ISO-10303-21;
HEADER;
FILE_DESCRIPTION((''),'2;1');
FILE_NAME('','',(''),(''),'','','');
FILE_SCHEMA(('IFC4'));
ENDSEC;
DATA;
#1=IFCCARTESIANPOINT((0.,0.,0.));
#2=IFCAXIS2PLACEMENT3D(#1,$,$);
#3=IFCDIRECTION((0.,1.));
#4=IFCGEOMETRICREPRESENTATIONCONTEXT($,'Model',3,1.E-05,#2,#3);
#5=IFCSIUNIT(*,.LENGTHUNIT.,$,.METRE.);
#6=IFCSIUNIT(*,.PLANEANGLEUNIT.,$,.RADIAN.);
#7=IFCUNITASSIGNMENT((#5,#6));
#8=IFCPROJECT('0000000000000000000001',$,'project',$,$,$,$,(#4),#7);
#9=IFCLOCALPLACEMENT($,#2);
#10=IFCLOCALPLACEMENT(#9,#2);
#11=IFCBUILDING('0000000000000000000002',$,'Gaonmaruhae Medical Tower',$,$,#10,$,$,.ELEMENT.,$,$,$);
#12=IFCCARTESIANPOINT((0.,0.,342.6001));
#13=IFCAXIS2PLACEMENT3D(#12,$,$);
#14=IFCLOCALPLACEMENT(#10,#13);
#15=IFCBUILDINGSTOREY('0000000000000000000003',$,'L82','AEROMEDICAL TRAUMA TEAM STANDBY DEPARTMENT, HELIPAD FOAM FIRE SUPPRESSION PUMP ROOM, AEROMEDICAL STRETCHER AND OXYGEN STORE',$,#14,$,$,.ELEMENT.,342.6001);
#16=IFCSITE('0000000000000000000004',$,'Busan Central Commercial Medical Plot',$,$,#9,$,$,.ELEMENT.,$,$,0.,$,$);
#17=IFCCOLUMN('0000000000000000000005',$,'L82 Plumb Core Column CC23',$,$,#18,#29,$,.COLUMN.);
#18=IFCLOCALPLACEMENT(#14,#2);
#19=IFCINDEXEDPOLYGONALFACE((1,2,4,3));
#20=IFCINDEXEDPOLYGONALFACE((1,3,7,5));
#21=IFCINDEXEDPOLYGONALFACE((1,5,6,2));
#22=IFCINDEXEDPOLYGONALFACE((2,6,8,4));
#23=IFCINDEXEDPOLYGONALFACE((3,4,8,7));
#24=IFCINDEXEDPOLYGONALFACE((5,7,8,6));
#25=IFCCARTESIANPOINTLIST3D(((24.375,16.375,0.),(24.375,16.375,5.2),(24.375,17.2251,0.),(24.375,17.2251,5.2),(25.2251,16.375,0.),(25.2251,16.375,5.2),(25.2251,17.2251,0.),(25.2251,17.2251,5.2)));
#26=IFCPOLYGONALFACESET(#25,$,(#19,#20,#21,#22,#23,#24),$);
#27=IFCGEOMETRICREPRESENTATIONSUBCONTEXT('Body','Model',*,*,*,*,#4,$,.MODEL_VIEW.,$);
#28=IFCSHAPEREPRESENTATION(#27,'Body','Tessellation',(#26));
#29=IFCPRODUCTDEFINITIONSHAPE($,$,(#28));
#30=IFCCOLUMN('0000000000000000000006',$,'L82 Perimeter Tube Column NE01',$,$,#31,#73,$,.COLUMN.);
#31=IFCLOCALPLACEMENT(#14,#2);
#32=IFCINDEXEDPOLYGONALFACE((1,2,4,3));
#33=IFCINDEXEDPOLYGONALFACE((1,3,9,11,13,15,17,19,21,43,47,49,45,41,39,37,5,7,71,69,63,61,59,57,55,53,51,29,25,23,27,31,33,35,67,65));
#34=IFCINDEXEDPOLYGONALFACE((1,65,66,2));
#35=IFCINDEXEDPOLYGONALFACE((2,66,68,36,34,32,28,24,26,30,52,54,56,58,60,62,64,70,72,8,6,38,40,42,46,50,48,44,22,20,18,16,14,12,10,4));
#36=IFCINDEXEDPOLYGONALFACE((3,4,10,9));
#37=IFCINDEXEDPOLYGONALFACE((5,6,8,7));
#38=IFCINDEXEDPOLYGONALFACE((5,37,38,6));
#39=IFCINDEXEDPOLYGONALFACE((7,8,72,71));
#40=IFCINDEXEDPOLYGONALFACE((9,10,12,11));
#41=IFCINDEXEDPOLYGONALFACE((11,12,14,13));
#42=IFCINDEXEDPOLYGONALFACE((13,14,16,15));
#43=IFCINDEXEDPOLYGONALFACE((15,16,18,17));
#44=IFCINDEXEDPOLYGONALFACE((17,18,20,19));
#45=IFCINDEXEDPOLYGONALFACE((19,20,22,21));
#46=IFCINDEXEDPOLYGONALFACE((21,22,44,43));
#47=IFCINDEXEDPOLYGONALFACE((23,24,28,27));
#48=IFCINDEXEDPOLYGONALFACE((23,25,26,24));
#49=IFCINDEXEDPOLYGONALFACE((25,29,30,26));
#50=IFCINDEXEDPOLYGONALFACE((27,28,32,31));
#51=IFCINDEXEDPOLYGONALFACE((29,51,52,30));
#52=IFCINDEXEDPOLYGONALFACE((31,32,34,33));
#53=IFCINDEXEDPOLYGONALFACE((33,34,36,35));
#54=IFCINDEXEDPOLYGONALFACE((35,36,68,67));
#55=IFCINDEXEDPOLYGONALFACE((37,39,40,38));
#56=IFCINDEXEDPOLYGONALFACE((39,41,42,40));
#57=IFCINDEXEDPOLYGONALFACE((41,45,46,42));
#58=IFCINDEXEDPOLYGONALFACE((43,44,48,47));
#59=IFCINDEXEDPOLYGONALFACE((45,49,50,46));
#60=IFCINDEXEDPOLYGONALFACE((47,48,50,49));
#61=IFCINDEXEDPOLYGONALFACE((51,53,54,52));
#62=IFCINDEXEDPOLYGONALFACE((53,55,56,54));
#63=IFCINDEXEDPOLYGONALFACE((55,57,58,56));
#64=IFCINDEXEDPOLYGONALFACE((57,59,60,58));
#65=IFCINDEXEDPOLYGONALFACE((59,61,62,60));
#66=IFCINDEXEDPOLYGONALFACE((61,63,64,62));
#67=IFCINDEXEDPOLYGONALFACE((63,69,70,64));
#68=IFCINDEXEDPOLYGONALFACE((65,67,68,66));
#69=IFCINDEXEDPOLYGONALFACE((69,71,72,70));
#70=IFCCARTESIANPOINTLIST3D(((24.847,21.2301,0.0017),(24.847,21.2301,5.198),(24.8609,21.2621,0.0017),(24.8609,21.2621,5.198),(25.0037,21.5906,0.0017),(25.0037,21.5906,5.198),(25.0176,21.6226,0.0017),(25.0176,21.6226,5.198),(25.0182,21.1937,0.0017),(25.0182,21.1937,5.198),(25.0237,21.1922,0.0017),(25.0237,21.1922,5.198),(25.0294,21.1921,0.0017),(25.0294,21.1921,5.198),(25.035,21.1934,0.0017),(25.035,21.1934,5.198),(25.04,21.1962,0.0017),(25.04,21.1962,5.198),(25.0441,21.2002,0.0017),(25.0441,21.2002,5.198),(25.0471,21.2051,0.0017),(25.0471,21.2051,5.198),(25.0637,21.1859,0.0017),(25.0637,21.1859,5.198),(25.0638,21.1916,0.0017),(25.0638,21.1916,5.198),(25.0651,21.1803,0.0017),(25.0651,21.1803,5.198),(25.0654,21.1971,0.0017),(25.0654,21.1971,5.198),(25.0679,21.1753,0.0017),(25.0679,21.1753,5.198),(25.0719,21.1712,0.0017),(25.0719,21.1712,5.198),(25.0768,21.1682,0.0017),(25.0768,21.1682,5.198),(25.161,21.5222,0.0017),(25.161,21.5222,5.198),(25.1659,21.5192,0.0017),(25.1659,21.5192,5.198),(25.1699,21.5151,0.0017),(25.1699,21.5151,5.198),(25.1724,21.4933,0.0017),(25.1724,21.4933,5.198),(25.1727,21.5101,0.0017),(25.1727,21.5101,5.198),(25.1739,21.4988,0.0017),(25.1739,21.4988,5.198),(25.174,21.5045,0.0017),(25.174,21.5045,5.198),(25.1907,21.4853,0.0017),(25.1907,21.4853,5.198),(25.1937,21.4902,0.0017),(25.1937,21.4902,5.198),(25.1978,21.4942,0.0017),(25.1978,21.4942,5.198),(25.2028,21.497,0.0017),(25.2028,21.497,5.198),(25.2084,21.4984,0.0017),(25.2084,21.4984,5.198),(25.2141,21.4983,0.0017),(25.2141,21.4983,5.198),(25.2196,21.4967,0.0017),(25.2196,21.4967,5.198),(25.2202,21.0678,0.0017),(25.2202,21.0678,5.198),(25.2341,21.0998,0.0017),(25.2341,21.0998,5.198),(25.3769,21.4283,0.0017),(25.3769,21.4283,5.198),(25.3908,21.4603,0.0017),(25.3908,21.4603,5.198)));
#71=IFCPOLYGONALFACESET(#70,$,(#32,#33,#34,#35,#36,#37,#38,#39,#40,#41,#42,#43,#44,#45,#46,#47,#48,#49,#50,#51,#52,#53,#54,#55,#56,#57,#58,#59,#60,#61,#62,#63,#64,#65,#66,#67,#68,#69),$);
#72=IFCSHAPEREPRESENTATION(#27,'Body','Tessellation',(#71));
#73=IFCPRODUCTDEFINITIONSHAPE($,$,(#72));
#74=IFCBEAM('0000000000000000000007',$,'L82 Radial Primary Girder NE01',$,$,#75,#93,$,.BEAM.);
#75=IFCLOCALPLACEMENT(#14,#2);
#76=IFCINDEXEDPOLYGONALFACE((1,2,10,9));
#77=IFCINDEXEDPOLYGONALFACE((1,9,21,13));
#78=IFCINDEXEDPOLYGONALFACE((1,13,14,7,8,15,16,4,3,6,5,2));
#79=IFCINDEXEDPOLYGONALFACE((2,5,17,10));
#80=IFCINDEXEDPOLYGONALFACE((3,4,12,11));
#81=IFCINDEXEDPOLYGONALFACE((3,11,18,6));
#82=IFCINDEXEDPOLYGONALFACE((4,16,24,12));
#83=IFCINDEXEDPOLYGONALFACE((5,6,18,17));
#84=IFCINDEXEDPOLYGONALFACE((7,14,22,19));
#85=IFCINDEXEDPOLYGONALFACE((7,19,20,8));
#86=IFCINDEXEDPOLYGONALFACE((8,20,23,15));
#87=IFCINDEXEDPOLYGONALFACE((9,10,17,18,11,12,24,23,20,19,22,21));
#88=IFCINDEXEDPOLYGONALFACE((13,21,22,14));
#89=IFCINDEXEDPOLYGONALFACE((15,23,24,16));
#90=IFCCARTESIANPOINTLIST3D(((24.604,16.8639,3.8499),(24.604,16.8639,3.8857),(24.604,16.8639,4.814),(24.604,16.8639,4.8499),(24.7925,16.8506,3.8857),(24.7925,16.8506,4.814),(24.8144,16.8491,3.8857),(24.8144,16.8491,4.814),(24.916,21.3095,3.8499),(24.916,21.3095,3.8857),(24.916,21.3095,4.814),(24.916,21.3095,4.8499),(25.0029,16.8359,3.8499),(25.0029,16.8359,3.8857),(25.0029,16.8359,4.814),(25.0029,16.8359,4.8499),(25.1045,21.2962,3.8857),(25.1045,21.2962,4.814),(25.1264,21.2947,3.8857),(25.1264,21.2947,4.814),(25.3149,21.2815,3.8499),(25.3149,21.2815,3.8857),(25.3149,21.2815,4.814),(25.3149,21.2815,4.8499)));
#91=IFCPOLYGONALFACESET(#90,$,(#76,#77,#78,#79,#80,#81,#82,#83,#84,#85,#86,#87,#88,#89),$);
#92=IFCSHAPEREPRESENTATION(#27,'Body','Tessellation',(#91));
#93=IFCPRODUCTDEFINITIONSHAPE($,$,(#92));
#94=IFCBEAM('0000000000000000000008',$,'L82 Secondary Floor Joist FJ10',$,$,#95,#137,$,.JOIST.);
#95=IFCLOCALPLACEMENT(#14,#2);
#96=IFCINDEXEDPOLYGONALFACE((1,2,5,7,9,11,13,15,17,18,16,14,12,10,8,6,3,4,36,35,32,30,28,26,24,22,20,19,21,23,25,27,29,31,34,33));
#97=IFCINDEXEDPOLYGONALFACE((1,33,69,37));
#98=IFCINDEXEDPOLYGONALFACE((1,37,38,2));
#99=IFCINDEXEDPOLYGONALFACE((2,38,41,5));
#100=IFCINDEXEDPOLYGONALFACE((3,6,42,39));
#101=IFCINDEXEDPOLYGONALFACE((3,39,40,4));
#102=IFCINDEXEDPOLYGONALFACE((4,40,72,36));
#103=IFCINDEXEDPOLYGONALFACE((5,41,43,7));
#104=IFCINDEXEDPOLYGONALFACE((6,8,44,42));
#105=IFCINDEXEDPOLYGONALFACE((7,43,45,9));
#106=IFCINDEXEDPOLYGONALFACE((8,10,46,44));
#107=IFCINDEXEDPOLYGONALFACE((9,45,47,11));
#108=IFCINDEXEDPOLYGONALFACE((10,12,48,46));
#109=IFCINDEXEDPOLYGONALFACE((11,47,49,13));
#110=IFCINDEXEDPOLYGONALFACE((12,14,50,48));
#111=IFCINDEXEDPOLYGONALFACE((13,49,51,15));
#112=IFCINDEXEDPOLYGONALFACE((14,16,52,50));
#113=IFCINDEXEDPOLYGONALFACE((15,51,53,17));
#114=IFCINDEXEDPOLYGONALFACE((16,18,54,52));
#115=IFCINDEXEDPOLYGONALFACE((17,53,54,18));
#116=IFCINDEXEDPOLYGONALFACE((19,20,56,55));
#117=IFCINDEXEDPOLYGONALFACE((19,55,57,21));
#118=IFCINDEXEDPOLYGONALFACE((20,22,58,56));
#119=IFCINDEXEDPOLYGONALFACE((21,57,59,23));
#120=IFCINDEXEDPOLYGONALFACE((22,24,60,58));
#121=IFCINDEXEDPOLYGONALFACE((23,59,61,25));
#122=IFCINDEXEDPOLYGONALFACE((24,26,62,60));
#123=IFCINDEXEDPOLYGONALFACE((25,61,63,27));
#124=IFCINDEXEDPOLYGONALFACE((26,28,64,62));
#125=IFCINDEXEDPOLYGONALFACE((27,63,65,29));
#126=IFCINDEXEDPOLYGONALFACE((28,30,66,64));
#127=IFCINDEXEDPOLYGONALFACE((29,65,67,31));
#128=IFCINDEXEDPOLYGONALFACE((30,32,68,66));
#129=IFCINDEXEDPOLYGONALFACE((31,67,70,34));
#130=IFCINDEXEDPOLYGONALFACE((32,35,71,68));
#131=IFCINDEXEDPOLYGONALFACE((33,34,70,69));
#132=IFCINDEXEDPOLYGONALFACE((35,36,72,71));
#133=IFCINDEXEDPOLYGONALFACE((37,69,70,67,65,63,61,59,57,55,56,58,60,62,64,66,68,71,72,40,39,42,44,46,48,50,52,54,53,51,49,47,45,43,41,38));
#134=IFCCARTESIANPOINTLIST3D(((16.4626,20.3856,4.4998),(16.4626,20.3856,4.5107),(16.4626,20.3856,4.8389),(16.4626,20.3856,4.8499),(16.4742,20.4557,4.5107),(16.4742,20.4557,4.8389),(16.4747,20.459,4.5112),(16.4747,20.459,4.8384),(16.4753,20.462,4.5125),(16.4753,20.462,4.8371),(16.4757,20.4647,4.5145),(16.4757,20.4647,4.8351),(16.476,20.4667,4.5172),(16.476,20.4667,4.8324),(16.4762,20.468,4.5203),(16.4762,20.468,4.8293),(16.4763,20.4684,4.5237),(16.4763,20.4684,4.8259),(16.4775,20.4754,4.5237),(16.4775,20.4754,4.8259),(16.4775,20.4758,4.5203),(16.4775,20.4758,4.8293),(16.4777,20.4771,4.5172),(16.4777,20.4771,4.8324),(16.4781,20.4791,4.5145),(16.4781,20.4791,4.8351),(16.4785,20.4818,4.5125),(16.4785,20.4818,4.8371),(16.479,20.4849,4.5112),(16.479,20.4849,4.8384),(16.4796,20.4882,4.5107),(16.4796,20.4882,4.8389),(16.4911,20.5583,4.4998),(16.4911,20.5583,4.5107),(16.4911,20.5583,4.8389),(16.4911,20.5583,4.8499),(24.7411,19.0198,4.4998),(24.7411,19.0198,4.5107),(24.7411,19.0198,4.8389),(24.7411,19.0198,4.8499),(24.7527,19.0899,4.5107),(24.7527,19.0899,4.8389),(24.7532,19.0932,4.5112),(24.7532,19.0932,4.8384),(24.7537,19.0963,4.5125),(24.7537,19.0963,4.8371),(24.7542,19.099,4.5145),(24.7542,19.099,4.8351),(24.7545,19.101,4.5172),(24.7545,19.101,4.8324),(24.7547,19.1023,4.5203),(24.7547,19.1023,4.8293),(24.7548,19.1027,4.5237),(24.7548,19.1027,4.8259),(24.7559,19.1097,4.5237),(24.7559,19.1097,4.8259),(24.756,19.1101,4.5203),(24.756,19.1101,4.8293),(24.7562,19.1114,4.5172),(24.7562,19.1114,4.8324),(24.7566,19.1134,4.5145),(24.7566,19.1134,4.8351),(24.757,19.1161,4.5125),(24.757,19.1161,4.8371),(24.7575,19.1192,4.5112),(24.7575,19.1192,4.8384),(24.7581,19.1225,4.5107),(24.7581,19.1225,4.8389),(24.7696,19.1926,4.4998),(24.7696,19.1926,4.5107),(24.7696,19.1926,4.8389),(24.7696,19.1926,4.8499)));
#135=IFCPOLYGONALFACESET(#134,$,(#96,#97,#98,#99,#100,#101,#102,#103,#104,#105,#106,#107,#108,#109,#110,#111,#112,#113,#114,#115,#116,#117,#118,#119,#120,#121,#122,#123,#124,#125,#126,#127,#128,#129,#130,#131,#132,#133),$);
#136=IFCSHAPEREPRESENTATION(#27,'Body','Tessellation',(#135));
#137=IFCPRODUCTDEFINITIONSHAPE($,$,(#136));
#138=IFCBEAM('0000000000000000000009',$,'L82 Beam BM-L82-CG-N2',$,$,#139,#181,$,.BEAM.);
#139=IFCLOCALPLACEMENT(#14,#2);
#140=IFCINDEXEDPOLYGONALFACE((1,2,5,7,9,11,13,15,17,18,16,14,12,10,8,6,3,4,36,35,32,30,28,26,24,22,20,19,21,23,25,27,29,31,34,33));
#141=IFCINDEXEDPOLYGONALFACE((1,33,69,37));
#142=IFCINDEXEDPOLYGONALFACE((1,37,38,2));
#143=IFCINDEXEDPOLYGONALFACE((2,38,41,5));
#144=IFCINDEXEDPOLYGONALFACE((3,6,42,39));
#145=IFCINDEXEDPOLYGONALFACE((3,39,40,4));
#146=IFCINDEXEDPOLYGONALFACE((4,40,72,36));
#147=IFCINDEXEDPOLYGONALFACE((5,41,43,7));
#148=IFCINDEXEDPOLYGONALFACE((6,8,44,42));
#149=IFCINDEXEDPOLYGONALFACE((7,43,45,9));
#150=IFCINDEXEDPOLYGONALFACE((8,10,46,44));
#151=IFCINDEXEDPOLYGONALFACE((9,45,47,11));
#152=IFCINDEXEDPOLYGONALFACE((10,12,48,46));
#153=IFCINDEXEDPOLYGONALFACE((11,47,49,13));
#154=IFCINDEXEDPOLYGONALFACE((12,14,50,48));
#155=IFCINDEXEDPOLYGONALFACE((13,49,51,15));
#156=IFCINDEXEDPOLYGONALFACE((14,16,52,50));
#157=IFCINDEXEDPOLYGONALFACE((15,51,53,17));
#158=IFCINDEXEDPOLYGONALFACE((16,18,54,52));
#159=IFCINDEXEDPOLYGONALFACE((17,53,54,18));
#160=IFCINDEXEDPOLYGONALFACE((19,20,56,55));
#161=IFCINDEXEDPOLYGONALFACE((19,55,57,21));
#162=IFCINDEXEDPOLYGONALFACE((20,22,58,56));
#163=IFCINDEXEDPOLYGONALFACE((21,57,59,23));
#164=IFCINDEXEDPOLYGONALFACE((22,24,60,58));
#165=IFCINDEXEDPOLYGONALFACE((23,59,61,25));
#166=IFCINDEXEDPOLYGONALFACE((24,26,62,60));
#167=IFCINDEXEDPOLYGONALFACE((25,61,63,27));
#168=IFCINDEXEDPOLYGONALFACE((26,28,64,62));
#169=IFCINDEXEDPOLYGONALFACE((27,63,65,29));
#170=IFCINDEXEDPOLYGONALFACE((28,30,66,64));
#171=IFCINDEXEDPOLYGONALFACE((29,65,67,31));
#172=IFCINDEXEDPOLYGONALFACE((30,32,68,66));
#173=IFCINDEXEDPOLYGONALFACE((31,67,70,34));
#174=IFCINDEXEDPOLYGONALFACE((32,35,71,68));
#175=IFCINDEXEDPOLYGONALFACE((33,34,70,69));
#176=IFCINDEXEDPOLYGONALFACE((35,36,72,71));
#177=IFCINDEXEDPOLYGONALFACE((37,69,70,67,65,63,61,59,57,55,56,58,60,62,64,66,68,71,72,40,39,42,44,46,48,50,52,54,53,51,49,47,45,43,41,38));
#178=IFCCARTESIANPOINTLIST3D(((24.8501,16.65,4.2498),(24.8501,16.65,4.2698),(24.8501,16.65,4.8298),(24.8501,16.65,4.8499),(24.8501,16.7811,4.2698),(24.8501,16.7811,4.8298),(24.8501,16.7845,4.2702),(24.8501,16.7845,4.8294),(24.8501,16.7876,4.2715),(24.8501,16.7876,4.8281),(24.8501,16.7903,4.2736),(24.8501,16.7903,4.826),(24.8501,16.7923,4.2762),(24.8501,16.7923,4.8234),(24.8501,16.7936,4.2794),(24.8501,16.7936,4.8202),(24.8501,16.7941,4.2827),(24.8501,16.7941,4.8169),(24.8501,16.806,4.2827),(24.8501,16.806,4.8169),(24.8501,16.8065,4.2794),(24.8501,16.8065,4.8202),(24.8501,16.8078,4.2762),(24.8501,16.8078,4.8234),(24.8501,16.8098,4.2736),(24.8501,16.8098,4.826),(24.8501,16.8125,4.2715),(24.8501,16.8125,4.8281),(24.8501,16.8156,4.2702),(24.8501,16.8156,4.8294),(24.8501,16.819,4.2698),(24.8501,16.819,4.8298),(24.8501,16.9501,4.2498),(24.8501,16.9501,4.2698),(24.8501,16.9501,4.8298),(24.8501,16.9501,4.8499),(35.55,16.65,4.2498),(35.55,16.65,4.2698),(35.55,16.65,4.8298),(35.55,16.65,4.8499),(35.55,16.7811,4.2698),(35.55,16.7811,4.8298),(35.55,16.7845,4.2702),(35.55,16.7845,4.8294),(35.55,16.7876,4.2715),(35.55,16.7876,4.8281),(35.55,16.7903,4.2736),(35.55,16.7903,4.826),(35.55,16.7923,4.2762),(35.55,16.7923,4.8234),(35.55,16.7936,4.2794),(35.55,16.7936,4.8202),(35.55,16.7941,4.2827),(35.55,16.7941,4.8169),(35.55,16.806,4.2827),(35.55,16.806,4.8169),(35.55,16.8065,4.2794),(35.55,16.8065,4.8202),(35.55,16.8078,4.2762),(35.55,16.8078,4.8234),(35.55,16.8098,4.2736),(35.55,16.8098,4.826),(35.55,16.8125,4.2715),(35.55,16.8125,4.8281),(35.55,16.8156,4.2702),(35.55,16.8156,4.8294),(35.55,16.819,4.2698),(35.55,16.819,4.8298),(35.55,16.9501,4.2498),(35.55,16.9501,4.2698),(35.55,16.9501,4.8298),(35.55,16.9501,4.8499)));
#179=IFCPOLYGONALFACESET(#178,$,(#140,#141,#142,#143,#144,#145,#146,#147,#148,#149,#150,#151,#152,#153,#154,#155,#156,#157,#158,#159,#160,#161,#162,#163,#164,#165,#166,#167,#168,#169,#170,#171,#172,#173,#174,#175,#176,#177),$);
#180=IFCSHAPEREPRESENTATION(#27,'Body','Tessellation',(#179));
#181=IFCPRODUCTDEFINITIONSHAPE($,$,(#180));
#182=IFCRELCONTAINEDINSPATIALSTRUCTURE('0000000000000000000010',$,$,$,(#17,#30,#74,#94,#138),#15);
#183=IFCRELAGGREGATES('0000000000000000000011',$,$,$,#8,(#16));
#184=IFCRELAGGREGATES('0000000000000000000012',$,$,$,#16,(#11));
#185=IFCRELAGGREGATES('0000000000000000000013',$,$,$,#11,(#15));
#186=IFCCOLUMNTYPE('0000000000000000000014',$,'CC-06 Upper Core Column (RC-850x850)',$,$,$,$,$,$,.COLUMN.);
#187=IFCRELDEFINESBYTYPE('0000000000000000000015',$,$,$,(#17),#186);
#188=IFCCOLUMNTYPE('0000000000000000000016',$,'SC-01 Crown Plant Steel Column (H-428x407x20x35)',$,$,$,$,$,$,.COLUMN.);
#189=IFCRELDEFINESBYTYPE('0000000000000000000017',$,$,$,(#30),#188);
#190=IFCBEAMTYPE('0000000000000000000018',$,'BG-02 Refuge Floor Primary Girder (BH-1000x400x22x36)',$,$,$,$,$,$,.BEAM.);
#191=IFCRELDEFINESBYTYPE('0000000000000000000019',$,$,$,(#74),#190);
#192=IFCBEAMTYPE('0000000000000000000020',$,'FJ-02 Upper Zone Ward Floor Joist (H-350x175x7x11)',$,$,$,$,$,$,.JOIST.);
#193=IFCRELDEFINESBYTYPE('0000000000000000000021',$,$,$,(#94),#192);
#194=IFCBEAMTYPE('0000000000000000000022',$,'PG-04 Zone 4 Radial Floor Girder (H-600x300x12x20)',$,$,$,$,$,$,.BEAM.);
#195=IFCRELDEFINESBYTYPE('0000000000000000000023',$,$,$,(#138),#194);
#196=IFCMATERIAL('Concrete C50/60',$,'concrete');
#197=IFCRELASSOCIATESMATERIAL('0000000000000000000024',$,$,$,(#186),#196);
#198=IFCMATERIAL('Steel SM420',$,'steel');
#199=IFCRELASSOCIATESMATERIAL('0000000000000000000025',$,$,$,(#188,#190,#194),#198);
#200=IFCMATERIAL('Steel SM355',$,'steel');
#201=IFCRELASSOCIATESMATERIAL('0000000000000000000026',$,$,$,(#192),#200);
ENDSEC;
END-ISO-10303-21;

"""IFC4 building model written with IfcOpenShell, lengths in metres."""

from ifc_helpers import new_model, si_unit, direction, frame, origin, origin_2d, place, context, subcontext, project, spatial, rectangle, i_section, extrude, material, material_profile, profile_set, type_object, element, save


model = new_model("IFC4")

# Units and contexts
model_context = context("Model", 3, precision=1e-05, world=origin(), true_north=direction((0.0, 1.0)))
body_context = subcontext(model_context, "Body", "Model", "MODEL_VIEW")
ifc_project = project(units=[si_unit("LENGTHUNIT", "METRE"), si_unit("PLANEANGLEUNIT", "RADIAN")], contexts=[model_context])

# Site, building, storey
site_placement = place(None, origin())
site = spatial("IfcSite", under=ifc_project, at=site_placement, Name="Busan Central Commercial Medical Plot", CompositionType="ELEMENT", RefElevation=0.0)
building_placement = place(site_placement, origin())
building = spatial("IfcBuilding", under=site, at=building_placement, Name="Gaonmaruhae Medical Tower", CompositionType="ELEMENT")
storey_placement = place(building_placement, frame((0.0, 0.0, 342.6001)))
storey = spatial("IfcBuildingStorey", under=building, at=storey_placement, Name="L82", Description="AEROMEDICAL TRAUMA TEAM STANDBY DEPARTMENT, HELIPAD FOAM FIRE SUPPRESSION PUMP ROOM, AEROMEDICAL STRETCHER AND OXYGEN STORE", CompositionType="ELEMENT", Elevation=342.6001)

# Columns
ifc_material_1 = material(Name="Concrete C50/60", Category="concrete")
ifc_material_profile_1 = material_profile(ifc_material_1, rectangle(XDim=0.8501, YDim=0.8501, at=origin_2d()), Name="RC-850x850")
ifc_profile_set_1 = profile_set([ifc_material_profile_1], Name="Concrete C50/60")
column_type_1 = type_object("IfcColumnType", Name="CC-06 Upper Core Column (RC-850x850)", PredefinedType="COLUMN", material=ifc_profile_set_1)
column_1_placement = place(storey_placement, frame((24.8, 16.8, 0.0), z_axis=(0.0, 0.0, 1.0), x_axis=(1.0, 0.0, 0.0)))
element("IfcColumn", 1, at=column_1_placement, inside=storey, type_object=column_type_1, Name="L82 Plumb Core Column CC23", PredefinedType="COLUMN", context=body_context, shape_type="SweptSolid", body=[
    extrude(rectangle(XDim=0.8501, YDim=0.8501, at=origin_2d()), origin(), (0.0, 0.0, 1.0), 5.2),
])
ifc_material_2 = material(Name="Steel SM420", Category="steel")
ifc_material_profile_2 = material_profile(ifc_material_2, i_section(OverallWidth=0.407, OverallDepth=0.428, WebThickness=0.02, FlangeThickness=0.0349, FilletRadius=0.022, at=origin_2d()), Name="H-428x407x20x35")
ifc_profile_set_2 = profile_set([ifc_material_profile_2], Name="Steel SM420")
column_type_2 = type_object("IfcColumnType", Name="SC-01 Crown Plant Steel Column (H-428x407x20x35)", PredefinedType="COLUMN", material=ifc_profile_set_2)
column_2_placement = place(storey_placement, frame((25.1189, 21.3452, 0.0017), z_axis=(0.0, 0.0, 1.0), x_axis=(-0.91706, 0.398749, 0.0)))
element("IfcColumn", 2, at=column_2_placement, inside=storey, type_object=column_type_2, Name="L82 Perimeter Tube Column NE01", PredefinedType="COLUMN", context=body_context, shape_type="SweptSolid", body=[
    extrude(i_section(OverallWidth=0.407, OverallDepth=0.428, WebThickness=0.02, FlangeThickness=0.0349, FilletRadius=0.022, at=origin_2d()), origin(), (0.0, 0.0, 1.0), 5.1963),
])

# Beams
ifc_material_profile_3 = material_profile(ifc_material_2, i_section(OverallWidth=0.3999, OverallDepth=1.0, WebThickness=0.022, FlangeThickness=0.0359, at=origin_2d()), Name="BH-1000x400x22x36")
ifc_profile_set_3 = profile_set([ifc_material_profile_3], Name="Steel SM420")
beam_type_1 = type_object("IfcBeamType", Name="BG-02 Refuge Floor Primary Girder (BH-1000x400x22x36)", PredefinedType="BEAM", material=ifc_profile_set_3)
beam_1_placement = place(storey_placement, frame((24.8035, 16.8499, 4.3499), z_axis=(0.070013, 0.997546, 0.0), x_axis=(-0.997546, 0.070013, 0.0)))
element("IfcBeam", 3, at=beam_1_placement, inside=storey, type_object=beam_type_1, Name="L82 Radial Primary Girder NE01", PredefinedType="BEAM", context=body_context, shape_type="SweptSolid", body=[
    extrude(i_section(OverallWidth=0.3999, OverallDepth=1.0, WebThickness=0.022, FlangeThickness=0.0359, at=origin_2d()), origin(), (0.0, 0.0, 1.0), 4.4565),
])
ifc_material_3 = material(Name="Steel SM355", Category="steel")
ifc_material_profile_4 = material_profile(ifc_material_3, i_section(OverallWidth=0.175, OverallDepth=0.3501, WebThickness=0.0071, FlangeThickness=0.011, FilletRadius=0.0129, at=origin_2d()), Name="H-350x175x7x11")
ifc_profile_set_4 = profile_set([ifc_material_profile_4], Name="Steel SM355")
beam_type_2 = type_object("IfcBeamType", Name="FJ-02 Upper Zone Ward Floor Joist (H-350x175x7x11)", PredefinedType="JOIST", material=ifc_profile_set_4)
beam_2_placement = place(storey_placement, frame((24.7554, 19.1062, 4.6748), z_axis=(-0.986664, 0.162771, 0.0), x_axis=(-0.162771, -0.986664, 0.0)))
element("IfcBeam", 4, at=beam_2_placement, inside=storey, type_object=beam_type_2, Name="L82 Secondary Floor Joist FJ10", PredefinedType="JOIST", context=body_context, shape_type="SweptSolid", body=[
    extrude(i_section(OverallWidth=0.175, OverallDepth=0.3501, WebThickness=0.0071, FlangeThickness=0.011, FilletRadius=0.0129, at=origin_2d()), origin(), (0.0, 0.0, 1.0), 8.3904),
])
ifc_material_profile_5 = material_profile(ifc_material_2, i_section(OverallWidth=0.3, OverallDepth=0.6001, WebThickness=0.012, FlangeThickness=0.02, FilletRadius=0.0129, at=origin_2d()), Name="H-600x300x12x20")
ifc_profile_set_5 = profile_set([ifc_material_profile_5], Name="Steel SM420")
beam_type_3 = type_object("IfcBeamType", Name="PG-04 Zone 4 Radial Floor Girder (H-600x300x12x20)", PredefinedType="BEAM", material=ifc_profile_set_5)
beam_3_placement = place(storey_placement, frame((24.8501, 16.8, 4.5498), z_axis=(1.0, 0.0, 0.0), x_axis=(0.0, 1.0, 0.0)))
element("IfcBeam", 5, at=beam_3_placement, inside=storey, type_object=beam_type_3, Name="L82 Beam BM-L82-CG-N2", PredefinedType="BEAM", context=body_context, shape_type="SweptSolid", body=[
    extrude(i_section(OverallWidth=0.3, OverallDepth=0.6001, WebThickness=0.012, FlangeThickness=0.02, FilletRadius=0.0129, at=origin_2d()), origin(), (0.0, 0.0, 1.0), 10.7),
])

save(model, "model.ifc")
